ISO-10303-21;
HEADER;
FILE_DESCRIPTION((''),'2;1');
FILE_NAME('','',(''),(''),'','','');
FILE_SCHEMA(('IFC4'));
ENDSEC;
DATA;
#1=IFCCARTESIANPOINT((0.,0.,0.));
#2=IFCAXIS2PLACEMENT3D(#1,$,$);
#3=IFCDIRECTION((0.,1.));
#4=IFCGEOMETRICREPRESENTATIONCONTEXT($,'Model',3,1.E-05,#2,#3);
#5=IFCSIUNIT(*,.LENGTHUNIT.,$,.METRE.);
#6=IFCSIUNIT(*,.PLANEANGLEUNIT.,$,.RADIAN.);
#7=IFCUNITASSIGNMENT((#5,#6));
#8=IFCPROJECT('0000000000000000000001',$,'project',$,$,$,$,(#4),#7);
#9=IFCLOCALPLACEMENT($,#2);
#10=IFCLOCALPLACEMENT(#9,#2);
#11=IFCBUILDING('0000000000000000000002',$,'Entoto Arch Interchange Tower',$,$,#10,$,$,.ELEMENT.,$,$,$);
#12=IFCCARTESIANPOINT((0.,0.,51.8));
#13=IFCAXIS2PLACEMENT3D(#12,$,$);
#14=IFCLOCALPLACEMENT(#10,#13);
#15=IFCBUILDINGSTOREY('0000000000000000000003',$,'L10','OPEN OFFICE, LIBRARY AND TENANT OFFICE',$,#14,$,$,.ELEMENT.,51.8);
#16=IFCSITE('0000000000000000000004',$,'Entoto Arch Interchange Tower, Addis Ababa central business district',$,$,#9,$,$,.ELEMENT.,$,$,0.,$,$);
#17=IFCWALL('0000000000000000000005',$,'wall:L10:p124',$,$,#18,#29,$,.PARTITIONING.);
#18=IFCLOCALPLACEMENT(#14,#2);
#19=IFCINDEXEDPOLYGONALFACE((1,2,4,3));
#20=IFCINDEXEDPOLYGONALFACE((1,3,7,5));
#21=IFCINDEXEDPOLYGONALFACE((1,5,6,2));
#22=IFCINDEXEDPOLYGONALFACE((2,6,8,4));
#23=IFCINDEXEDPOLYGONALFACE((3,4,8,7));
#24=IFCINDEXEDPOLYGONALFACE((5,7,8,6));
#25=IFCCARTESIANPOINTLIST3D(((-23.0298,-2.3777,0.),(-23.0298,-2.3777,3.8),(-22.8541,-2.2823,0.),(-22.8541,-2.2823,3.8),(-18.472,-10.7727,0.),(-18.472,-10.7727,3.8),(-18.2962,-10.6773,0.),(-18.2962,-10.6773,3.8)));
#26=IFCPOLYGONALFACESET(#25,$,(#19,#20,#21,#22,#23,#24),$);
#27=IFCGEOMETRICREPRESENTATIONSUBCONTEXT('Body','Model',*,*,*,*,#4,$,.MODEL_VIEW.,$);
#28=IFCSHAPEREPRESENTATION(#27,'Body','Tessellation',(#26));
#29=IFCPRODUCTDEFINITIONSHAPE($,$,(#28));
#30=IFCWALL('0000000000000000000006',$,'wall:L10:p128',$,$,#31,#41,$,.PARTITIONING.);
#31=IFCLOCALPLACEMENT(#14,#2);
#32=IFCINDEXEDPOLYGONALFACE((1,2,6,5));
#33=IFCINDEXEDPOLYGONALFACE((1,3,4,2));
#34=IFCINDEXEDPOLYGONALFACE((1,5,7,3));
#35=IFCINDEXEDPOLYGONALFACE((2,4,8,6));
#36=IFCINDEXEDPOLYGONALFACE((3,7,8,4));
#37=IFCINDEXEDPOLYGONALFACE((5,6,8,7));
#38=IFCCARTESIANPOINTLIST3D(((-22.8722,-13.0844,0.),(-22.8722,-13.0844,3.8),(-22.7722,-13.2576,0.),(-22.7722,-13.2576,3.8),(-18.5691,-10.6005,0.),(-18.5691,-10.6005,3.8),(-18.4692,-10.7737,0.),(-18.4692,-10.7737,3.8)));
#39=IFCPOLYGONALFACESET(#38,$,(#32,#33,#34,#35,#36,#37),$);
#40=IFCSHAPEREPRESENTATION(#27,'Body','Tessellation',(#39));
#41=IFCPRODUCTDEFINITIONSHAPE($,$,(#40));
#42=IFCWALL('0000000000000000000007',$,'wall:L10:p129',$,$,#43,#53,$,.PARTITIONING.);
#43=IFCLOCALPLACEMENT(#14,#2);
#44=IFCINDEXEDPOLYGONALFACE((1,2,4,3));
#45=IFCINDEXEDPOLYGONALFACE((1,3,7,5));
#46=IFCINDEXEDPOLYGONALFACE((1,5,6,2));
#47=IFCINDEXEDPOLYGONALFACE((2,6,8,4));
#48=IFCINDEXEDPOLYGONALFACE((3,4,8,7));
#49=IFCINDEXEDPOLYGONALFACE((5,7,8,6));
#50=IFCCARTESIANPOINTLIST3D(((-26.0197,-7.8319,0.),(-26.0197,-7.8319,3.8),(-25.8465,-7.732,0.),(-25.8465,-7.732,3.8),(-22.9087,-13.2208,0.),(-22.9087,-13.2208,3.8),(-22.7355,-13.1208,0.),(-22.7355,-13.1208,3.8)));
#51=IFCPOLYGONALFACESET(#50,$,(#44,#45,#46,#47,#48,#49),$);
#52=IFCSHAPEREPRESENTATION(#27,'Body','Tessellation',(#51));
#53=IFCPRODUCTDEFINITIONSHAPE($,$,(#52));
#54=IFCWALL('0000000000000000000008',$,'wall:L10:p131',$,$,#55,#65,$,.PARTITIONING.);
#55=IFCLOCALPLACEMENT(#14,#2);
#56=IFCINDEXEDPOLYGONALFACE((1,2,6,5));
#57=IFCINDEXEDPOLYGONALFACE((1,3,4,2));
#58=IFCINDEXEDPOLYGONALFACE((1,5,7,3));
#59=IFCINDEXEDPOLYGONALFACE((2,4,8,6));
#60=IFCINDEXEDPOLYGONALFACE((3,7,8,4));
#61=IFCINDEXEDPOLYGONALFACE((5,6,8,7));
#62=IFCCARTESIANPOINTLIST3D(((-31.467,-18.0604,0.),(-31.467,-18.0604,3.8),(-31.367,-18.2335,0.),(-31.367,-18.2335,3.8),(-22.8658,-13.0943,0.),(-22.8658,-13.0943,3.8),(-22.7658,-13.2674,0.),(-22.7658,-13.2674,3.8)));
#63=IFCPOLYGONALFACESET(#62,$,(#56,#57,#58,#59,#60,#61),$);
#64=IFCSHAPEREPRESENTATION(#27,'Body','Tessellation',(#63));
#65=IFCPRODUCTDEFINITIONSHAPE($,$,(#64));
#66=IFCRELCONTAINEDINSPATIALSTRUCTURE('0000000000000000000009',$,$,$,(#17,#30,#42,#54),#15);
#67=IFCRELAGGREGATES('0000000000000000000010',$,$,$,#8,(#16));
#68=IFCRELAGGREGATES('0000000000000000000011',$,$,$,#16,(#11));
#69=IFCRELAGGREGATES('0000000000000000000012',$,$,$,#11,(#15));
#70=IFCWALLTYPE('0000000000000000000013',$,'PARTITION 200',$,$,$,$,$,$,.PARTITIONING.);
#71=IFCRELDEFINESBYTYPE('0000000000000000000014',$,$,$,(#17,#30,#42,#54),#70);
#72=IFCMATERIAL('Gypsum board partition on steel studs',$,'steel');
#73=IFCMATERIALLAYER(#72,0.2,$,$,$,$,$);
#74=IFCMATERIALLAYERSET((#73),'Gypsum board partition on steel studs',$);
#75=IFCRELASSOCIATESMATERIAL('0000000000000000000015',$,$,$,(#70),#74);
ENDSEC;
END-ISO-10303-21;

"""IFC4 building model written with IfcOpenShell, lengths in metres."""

from ifc_helpers import new_model, si_unit, direction, frame, frame_2d, origin, place, context, subcontext, project, spatial, rectangle, extrude, material, layer, layer_set, type_object, element, save


model = new_model("IFC4")

# Units and contexts
model_context = context("Model", 3, precision=1e-05, world=origin(), true_north=direction((0.0, 1.0)))
body_context = subcontext(model_context, "Body", "Model", "MODEL_VIEW")
ifc_project = project(units=[si_unit("LENGTHUNIT", "METRE"), si_unit("PLANEANGLEUNIT", "RADIAN")], contexts=[model_context])

# Site, building, storey
site_placement = place(None, origin())
site = spatial("IfcSite", under=ifc_project, at=site_placement, Name="Entoto Arch Interchange Tower, Addis Ababa central business district", CompositionType="ELEMENT", RefElevation=0.0)
building_placement = place(site_placement, origin())
building = spatial("IfcBuilding", under=site, at=building_placement, Name="Entoto Arch Interchange Tower", CompositionType="ELEMENT")
storey_placement = place(building_placement, frame((0.0, 0.0, 51.8)))
storey = spatial("IfcBuildingStorey", under=building, at=storey_placement, Name="L10", Description="OPEN OFFICE, LIBRARY AND TENANT OFFICE", CompositionType="ELEMENT", Elevation=51.8)

# Shared definitions
ifc_material_1 = material(Name="Gypsum board partition on steel studs", Category="steel")
ifc_layer_1 = layer(ifc_material_1, 0.2)
ifc_layer_set_1 = layer_set([ifc_layer_1], Name="Gypsum board partition on steel studs")
wall_type_1 = type_object("IfcWallType", Name="PARTITION 200", PredefinedType="PARTITIONING", material=ifc_layer_set_1)

# Walls
wall_1_placement = place(storey_placement, frame((-18.384, -10.7251, 0.0), z_axis=(0.0, 0.0, 1.0), x_axis=(-0.477138, 0.878829, 0.0)))
element("IfcWall", 1, at=wall_1_placement, inside=storey, type_object=wall_type_1, Name="wall:L10:p124", PredefinedType="PARTITIONING", context=body_context, shape_type="SweptSolid", body=[
    extrude(rectangle(XDim=9.5525, YDim=0.2, at=frame_2d((4.7764, 0.0))), origin(), (0.0, 0.0, 1.0), 3.8),
])
wall_2_placement = place(storey_placement, frame((-18.519, -10.687, 0.0), z_axis=(0.0, 0.0, 1.0), x_axis=(-0.866064, -0.499934, 0.0)))
element("IfcWall", 2, at=wall_2_placement, inside=storey, type_object=wall_type_1, Name="wall:L10:p128", PredefinedType="PARTITIONING", context=body_context, shape_type="SweptSolid", body=[
    extrude(rectangle(XDim=4.9685, YDim=0.2, at=frame_2d((2.4844, 0.0))), origin(), (0.0, 0.0, 1.0), 3.8),
])
wall_3_placement = place(storey_placement, frame((-22.822, -13.1709, 0.0), z_axis=(0.0, 0.0, 1.0), x_axis=(-0.499975, 0.86604, 0.0)))
element("IfcWall", 3, at=wall_3_placement, inside=storey, type_object=wall_type_1, Name="wall:L10:p129", PredefinedType="PARTITIONING", context=body_context, shape_type="SweptSolid", body=[
    extrude(rectangle(XDim=6.2224, YDim=0.2, at=frame_2d((3.1113, 0.0))), origin(), (0.0, 0.0, 1.0), 3.8),
])
wall_4_placement = place(storey_placement, frame((-22.8159, -13.1809, 0.0), z_axis=(0.0, 0.0, 1.0), x_axis=(-0.866015, -0.500018, 0.0)))
element("IfcWall", 4, at=wall_4_placement, inside=storey, type_object=wall_type_1, Name="wall:L10:p131", PredefinedType="PARTITIONING", context=body_context, shape_type="SweptSolid", body=[
    extrude(rectangle(XDim=9.9319, YDim=0.2, at=frame_2d((4.9658, 0.0))), origin(), (0.0, 0.0, 1.0), 3.8),
])

save(model, "model.ifc")
